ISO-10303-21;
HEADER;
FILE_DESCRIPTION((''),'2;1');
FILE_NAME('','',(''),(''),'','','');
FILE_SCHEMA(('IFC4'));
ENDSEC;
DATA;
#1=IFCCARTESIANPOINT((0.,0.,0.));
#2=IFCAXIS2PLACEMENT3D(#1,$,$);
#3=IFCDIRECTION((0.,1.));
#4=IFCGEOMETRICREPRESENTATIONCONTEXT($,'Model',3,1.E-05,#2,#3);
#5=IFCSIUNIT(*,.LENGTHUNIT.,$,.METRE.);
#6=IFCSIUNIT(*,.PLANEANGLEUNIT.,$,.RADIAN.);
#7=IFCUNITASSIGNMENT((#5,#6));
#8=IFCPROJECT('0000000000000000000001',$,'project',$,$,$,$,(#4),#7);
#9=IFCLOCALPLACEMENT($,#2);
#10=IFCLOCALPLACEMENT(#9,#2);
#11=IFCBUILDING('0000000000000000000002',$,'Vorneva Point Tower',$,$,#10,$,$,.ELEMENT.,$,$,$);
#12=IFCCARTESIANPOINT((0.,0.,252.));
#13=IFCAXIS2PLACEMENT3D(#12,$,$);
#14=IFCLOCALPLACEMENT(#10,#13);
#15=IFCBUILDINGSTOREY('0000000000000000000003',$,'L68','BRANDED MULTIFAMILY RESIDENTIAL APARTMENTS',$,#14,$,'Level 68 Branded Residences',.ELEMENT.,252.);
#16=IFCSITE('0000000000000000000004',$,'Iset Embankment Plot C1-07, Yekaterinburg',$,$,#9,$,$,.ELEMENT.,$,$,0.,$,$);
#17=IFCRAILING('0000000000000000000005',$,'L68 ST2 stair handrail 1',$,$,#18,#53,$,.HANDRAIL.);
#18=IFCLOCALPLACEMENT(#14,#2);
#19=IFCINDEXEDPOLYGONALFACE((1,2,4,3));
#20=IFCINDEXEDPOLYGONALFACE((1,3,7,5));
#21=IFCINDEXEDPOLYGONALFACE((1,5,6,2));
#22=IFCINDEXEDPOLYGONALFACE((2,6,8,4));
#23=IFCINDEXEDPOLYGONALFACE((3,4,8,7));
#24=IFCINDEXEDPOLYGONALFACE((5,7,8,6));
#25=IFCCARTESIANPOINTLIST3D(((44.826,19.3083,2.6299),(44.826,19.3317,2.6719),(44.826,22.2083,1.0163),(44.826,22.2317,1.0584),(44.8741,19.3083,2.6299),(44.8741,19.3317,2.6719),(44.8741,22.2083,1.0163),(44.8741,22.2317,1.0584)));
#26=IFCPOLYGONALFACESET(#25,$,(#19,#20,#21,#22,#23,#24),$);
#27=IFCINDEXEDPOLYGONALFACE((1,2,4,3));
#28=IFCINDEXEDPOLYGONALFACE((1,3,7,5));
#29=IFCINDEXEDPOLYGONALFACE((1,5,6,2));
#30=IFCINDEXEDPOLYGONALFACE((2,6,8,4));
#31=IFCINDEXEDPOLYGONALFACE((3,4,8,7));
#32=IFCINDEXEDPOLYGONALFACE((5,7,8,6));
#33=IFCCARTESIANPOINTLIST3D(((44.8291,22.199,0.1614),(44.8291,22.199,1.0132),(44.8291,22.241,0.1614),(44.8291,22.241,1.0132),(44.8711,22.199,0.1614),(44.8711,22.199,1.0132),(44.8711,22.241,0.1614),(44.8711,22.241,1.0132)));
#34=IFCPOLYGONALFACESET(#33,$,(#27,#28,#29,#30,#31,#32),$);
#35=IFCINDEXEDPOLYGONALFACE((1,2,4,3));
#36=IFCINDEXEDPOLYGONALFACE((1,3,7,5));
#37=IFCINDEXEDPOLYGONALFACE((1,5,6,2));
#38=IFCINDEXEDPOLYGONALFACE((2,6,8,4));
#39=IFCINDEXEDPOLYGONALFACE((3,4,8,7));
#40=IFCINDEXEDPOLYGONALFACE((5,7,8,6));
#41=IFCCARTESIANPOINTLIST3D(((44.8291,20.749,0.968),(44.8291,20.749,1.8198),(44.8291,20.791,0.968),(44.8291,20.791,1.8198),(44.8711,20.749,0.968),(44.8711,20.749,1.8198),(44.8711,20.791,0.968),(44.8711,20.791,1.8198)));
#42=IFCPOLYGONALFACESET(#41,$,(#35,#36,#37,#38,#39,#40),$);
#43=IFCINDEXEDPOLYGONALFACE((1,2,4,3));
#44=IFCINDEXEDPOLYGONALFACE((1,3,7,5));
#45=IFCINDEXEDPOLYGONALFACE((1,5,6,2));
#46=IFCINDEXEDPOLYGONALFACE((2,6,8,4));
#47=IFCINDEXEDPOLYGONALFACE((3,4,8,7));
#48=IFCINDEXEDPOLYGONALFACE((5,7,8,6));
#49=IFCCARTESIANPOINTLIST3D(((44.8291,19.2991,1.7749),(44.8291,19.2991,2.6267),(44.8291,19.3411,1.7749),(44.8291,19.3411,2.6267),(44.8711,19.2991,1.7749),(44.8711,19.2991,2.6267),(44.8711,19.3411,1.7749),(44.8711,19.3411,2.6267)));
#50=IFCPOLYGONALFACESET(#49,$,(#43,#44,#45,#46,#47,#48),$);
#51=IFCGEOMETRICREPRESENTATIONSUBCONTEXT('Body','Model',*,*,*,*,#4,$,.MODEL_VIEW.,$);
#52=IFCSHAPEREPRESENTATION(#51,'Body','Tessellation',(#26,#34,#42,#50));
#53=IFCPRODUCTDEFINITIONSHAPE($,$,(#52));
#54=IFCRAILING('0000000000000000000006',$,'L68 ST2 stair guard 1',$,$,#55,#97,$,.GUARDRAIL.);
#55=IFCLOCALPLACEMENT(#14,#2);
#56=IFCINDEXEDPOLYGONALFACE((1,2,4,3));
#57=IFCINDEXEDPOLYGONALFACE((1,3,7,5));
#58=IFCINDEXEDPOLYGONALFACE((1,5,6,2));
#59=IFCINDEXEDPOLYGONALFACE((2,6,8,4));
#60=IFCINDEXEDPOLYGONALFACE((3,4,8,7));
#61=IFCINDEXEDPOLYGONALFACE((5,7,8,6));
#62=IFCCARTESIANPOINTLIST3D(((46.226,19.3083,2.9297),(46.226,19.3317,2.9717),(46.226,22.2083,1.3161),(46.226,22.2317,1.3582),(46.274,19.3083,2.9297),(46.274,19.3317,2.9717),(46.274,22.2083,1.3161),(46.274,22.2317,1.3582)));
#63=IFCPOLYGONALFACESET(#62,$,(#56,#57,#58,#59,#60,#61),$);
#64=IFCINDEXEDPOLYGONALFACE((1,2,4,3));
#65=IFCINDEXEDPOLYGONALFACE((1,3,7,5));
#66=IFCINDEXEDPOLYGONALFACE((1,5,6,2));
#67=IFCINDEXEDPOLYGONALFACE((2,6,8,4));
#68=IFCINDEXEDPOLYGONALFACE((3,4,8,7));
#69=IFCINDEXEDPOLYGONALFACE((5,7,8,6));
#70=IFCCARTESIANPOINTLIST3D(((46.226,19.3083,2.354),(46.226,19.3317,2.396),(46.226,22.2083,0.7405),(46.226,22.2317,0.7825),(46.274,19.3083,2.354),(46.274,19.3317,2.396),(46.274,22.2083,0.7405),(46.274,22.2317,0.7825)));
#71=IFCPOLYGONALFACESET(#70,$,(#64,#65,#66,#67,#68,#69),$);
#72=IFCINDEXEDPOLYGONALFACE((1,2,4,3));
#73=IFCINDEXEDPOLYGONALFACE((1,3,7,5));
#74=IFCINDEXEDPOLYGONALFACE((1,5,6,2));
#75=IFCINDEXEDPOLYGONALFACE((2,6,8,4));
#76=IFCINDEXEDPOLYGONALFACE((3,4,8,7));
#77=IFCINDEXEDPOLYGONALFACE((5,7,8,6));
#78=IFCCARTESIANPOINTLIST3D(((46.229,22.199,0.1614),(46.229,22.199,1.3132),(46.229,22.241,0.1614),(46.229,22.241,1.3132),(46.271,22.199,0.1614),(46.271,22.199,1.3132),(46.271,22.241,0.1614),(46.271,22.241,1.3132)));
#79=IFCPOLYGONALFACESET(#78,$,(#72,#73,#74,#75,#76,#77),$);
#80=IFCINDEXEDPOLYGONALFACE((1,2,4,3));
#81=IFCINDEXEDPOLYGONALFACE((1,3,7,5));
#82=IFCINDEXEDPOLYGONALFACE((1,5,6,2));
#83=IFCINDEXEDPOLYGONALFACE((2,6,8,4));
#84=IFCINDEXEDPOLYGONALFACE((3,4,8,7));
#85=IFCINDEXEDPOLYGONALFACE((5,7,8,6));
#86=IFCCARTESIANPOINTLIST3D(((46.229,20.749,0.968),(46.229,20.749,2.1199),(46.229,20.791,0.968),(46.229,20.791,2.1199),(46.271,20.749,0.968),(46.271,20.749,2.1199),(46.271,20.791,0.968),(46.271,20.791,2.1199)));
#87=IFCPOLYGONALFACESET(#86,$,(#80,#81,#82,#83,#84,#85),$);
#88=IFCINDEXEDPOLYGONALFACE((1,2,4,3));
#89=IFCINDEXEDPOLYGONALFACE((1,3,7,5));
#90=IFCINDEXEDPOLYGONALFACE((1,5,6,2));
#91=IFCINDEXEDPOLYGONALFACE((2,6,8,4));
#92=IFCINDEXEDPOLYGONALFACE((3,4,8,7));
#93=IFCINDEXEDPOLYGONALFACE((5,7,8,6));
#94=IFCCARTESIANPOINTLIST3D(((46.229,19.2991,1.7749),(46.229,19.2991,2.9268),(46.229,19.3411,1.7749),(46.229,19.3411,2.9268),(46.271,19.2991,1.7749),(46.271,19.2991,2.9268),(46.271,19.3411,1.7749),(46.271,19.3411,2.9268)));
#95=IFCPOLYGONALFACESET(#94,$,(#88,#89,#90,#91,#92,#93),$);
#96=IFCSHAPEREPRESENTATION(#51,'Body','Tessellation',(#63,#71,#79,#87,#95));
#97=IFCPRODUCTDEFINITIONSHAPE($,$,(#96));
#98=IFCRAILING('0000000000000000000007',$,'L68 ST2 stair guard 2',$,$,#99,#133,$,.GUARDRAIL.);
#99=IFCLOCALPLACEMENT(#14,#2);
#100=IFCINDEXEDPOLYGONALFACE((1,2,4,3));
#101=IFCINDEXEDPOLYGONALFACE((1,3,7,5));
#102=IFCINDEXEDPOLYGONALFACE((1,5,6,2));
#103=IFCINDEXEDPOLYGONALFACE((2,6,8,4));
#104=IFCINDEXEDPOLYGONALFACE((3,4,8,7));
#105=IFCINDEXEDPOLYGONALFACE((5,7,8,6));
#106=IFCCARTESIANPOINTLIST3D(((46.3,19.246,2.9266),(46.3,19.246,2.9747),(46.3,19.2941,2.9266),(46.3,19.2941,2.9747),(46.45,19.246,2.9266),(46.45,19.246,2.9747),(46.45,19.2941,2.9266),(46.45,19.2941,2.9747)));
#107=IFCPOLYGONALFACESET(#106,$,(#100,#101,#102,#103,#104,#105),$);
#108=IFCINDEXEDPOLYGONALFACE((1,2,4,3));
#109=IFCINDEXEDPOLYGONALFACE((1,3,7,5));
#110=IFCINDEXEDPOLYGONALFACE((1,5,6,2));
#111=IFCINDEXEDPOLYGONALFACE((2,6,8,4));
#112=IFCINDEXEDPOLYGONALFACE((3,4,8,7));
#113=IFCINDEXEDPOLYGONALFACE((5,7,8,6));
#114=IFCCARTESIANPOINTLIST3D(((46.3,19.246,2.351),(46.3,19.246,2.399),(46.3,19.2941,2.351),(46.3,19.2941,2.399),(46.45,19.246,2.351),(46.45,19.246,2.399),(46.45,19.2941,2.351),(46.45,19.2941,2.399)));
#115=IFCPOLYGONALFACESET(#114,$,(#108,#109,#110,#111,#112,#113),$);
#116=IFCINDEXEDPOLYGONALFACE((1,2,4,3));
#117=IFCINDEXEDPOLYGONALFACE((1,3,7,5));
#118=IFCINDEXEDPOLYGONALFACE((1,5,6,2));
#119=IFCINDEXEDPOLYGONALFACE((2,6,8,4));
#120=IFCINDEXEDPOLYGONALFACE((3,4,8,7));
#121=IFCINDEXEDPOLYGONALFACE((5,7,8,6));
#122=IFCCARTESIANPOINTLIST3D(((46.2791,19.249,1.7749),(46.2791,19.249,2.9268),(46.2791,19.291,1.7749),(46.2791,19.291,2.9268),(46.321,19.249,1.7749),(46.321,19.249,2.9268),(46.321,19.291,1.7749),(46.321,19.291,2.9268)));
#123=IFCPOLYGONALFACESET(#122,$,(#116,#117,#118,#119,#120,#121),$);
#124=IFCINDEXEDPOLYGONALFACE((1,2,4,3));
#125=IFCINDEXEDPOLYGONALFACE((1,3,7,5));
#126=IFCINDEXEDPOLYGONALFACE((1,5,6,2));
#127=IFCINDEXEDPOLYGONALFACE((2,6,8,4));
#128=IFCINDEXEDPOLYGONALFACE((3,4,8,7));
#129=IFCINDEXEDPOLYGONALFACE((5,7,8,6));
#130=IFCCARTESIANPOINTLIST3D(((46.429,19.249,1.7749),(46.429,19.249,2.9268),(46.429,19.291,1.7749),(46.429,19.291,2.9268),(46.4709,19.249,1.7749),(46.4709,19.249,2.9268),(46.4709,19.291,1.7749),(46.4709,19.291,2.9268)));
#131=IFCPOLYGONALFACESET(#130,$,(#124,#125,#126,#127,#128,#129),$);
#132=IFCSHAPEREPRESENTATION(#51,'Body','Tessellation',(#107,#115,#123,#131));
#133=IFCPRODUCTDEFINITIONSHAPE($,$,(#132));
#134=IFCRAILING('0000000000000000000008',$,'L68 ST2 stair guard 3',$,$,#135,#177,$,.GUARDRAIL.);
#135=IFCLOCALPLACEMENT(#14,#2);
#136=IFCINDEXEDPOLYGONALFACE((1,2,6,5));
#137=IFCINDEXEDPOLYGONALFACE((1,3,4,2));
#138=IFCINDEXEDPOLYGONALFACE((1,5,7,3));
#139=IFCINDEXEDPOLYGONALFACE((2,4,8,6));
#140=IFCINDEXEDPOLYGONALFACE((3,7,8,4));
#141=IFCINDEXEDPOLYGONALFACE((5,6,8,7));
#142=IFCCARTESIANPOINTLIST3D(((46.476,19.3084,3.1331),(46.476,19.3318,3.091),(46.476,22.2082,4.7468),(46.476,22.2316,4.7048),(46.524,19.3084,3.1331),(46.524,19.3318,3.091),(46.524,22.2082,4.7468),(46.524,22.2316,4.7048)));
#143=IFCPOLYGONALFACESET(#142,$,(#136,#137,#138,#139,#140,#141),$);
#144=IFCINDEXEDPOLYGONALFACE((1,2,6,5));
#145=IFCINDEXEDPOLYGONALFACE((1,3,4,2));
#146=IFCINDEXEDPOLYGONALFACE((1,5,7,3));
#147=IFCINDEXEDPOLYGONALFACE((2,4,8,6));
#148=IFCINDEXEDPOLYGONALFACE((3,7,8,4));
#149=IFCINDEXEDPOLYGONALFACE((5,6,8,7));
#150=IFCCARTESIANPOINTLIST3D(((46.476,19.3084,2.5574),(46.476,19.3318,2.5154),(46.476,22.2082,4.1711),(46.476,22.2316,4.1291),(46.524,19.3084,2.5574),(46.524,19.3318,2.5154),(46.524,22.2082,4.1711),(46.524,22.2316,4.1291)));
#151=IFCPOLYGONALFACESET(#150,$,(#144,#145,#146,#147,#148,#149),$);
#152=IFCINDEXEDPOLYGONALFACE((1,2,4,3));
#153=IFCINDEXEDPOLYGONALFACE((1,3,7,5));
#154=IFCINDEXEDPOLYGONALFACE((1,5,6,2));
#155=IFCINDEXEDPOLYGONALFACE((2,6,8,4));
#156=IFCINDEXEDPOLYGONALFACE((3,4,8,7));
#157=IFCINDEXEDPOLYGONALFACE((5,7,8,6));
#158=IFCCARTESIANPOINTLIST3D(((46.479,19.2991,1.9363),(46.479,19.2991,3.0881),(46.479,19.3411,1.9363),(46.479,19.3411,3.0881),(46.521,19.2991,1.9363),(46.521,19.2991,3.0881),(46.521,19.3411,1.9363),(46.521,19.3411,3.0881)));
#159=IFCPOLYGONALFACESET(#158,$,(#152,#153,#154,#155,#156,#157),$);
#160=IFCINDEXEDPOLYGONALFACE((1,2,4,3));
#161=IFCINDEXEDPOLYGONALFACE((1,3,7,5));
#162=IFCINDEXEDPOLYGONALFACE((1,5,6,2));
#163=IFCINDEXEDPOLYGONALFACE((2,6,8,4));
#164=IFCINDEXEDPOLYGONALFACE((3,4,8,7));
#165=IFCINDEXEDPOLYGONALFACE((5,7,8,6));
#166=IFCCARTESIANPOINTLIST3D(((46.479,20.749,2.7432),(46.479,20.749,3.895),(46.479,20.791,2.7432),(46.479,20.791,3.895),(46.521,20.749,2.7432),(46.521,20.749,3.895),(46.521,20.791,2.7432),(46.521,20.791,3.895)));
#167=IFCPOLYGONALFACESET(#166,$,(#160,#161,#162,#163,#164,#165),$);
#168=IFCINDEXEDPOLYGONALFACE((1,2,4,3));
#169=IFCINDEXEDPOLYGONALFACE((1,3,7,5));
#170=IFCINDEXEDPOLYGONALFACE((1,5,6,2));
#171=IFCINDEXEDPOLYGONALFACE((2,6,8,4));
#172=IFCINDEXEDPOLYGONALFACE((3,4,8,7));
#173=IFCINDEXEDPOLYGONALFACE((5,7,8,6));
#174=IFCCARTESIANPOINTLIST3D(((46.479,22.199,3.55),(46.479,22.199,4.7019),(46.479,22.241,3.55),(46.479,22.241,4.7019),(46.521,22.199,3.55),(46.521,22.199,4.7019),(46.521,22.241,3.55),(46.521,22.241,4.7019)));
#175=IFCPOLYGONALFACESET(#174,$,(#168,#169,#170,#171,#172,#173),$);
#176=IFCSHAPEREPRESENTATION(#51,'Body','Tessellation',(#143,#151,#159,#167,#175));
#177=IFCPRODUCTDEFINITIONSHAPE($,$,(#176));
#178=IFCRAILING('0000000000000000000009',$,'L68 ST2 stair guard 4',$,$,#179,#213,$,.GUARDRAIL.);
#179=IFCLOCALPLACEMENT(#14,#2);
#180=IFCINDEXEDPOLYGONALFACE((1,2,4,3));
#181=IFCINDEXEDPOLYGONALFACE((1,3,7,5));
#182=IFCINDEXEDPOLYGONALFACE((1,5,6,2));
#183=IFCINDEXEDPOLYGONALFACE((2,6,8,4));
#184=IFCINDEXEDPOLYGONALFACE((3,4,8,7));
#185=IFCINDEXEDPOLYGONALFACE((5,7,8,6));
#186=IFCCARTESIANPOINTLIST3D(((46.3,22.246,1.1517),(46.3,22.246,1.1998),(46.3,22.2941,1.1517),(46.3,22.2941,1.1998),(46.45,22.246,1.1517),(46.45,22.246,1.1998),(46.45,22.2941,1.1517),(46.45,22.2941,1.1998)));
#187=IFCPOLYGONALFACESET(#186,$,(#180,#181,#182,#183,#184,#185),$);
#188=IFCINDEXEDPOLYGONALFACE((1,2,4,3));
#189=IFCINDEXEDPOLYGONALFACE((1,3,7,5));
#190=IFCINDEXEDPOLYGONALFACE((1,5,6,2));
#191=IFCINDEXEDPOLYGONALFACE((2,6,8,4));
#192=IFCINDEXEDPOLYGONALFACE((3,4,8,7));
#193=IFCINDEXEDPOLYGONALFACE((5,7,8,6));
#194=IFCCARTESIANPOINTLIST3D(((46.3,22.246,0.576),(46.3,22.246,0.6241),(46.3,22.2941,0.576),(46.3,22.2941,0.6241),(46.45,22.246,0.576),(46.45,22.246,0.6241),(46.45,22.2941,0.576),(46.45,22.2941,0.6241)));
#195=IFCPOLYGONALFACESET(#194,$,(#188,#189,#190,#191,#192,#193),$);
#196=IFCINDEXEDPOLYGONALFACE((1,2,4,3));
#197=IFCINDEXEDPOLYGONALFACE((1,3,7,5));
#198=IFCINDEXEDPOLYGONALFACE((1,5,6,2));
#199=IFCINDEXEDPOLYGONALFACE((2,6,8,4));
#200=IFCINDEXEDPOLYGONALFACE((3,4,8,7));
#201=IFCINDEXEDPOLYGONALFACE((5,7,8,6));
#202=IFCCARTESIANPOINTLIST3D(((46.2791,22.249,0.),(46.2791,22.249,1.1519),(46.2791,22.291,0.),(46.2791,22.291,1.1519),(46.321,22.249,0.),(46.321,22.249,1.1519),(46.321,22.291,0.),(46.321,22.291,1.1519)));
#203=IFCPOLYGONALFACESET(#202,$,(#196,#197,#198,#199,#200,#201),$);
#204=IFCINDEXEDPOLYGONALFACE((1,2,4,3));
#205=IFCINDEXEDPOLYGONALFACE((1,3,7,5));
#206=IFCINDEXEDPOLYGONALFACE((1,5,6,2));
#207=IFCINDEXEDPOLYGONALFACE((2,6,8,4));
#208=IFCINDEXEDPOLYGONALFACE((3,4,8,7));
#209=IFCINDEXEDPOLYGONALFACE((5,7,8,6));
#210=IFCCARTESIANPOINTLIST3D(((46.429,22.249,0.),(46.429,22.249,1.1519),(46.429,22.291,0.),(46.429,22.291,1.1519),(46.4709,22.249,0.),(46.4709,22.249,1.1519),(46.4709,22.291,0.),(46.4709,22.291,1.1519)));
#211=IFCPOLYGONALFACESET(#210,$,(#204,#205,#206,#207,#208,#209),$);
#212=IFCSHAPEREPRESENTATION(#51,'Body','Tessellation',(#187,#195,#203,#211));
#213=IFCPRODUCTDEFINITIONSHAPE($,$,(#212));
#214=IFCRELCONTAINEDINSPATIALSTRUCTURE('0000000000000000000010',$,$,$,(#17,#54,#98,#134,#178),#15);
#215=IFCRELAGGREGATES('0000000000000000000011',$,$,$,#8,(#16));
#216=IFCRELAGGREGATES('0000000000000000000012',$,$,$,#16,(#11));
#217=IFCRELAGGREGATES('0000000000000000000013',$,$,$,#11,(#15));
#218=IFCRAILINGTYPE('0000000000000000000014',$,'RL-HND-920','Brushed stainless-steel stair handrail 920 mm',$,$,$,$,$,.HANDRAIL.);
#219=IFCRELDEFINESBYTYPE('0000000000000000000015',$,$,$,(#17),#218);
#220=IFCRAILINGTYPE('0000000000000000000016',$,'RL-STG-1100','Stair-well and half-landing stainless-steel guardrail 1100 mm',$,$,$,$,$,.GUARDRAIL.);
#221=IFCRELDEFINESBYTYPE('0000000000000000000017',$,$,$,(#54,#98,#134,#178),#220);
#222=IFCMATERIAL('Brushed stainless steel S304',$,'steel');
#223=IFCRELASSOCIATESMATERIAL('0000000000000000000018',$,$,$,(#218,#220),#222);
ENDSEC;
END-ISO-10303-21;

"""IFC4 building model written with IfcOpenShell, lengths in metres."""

from ifc_helpers import new_model, si_unit, direction, frame, origin, origin_2d, place, context, subcontext, project, spatial, rectangle, extrude, material, type_object, element, save


model = new_model("IFC4")

# Units and contexts
model_context = context("Model", 3, precision=1e-05, world=origin(), true_north=direction((0.0, 1.0)))
body_context = subcontext(model_context, "Body", "Model", "MODEL_VIEW")
ifc_project = project(units=[si_unit("LENGTHUNIT", "METRE"), si_unit("PLANEANGLEUNIT", "RADIAN")], contexts=[model_context])

# Site, building, storey
site_placement = place(None, origin())
site = spatial("IfcSite", under=ifc_project, at=site_placement, Name="Iset Embankment Plot C1-07, Yekaterinburg", CompositionType="ELEMENT", RefElevation=0.0)
building_placement = place(site_placement, origin())
building = spatial("IfcBuilding", under=site, at=building_placement, Name="Vorneva Point Tower", CompositionType="ELEMENT")
storey_placement = place(building_placement, frame((0.0, 0.0, 252.0)))
storey = spatial("IfcBuildingStorey", under=building, at=storey_placement, Name="L68", Description="BRANDED MULTIFAMILY RESIDENTIAL APARTMENTS", LongName="Level 68 Branded Residences", CompositionType="ELEMENT", Elevation=252.0)

# Railings
ifc_material_1 = material(Name="Brushed stainless steel S304", Category="steel")
railing_type_1 = type_object("IfcRailingType", Name="RL-HND-920", Description="Brushed stainless-steel stair handrail 920 mm", PredefinedType="HANDRAIL", material=ifc_material_1)
railing_1_placement = place(storey_placement, frame((44.8501, 22.22, 0.1614)))
element("IfcRailing", 1, at=railing_1_placement, inside=storey, type_object=railing_type_1, Name="L68 ST2 stair handrail 1", PredefinedType="HANDRAIL", context=body_context, shape_type="SweptSolid", body=[
    extrude(rectangle(XDim=0.0481, YDim=0.0481, at=origin_2d()), frame((0.0, 0.0, 0.876), z_axis=(0.0, -0.873841, 0.486211), x_axis=(1.0, 0.0, 0.0)), (0.0, 0.0, 1.0), 3.3186),
    extrude(rectangle(XDim=0.042, YDim=0.042, at=origin_2d()), origin(), (0.0, 0.0, 1.0), 0.8518),
    extrude(rectangle(XDim=0.042, YDim=0.042, at=origin_2d()), frame((0.0, -1.45, 0.8066)), (0.0, 0.0, 1.0), 0.8518),
    extrude(rectangle(XDim=0.042, YDim=0.042, at=origin_2d()), frame((0.0, -2.8999, 1.6135)), (0.0, 0.0, 1.0), 0.8518),
])
railing_type_2 = type_object("IfcRailingType", Name="RL-STG-1100", Description="Stair-well and half-landing stainless-steel guardrail 1100 mm", PredefinedType="GUARDRAIL", material=ifc_material_1)
railing_2_placement = place(storey_placement, frame((46.25, 22.22, 0.1614)))
element("IfcRailing", 2, at=railing_2_placement, inside=storey, type_object=railing_type_2, Name="L68 ST2 stair guard 1", PredefinedType="GUARDRAIL", context=body_context, shape_type="SweptSolid", body=[
    extrude(rectangle(XDim=0.0481, YDim=0.0481, at=origin_2d()), frame((0.0, 0.0, 1.1758), z_axis=(0.0, -0.873841, 0.486211), x_axis=(1.0, 0.0, 0.0)), (0.0, 0.0, 1.0), 3.3186),
    extrude(rectangle(XDim=0.0481, YDim=0.0481, at=origin_2d()), frame((0.0, 0.0, 0.6001), z_axis=(0.0, -0.873841, 0.486211), x_axis=(1.0, 0.0, 0.0)), (0.0, 0.0, 1.0), 3.3186),
    extrude(rectangle(XDim=0.042, YDim=0.042, at=origin_2d()), origin(), (0.0, 0.0, 1.0), 1.1519),
    extrude(rectangle(XDim=0.042, YDim=0.042, at=origin_2d()), frame((0.0, -1.45, 0.8066)), (0.0, 0.0, 1.0), 1.1519),
    extrude(rectangle(XDim=0.042, YDim=0.042, at=origin_2d()), frame((0.0, -2.8999, 1.6135)), (0.0, 0.0, 1.0), 1.1519),
])
railing_3_placement = place(storey_placement, frame((46.3, 19.27, 1.7749)))
element("IfcRailing", 3, at=railing_3_placement, inside=storey, type_object=railing_type_2, Name="L68 ST2 stair guard 2", PredefinedType="GUARDRAIL", context=body_context, shape_type="SweptSolid", body=[
    extrude(rectangle(XDim=0.0481, YDim=0.0481, at=origin_2d()), frame((0.0, 0.0, 1.1758), z_axis=(1.0, 0.0, 0.0), x_axis=(0.0, 1.0, 0.0)), (0.0, 0.0, 1.0), 0.1499),
    extrude(rectangle(XDim=0.0481, YDim=0.0481, at=origin_2d()), frame((0.0, 0.0, 0.6001), z_axis=(1.0, 0.0, 0.0), x_axis=(0.0, 1.0, 0.0)), (0.0, 0.0, 1.0), 0.1499),
    extrude(rectangle(XDim=0.042, YDim=0.042, at=origin_2d()), origin(), (0.0, 0.0, 1.0), 1.1519),
    extrude(rectangle(XDim=0.042, YDim=0.042, at=origin_2d()), frame((0.1499, 0.0, 0.0)), (0.0, 0.0, 1.0), 1.1519),
])
railing_4_placement = place(storey_placement, frame((46.5, 19.3201, 1.9363)))
element("IfcRailing", 4, at=railing_4_placement, inside=storey, type_object=railing_type_2, Name="L68 ST2 stair guard 3", PredefinedType="GUARDRAIL", context=body_context, shape_type="SweptSolid", body=[
    extrude(rectangle(XDim=0.0481, YDim=0.0481, at=origin_2d()), frame((0.0, 0.0, 1.1758), z_axis=(0.0, 0.87381, 0.486267), x_axis=(-1.0, 0.0, 0.0)), (0.0, 0.0, 1.0), 3.3186),
    extrude(rectangle(XDim=0.0481, YDim=0.0481, at=origin_2d()), frame((0.0, 0.0, 0.6001), z_axis=(0.0, 0.87381, 0.486267), x_axis=(-1.0, 0.0, 0.0)), (0.0, 0.0, 1.0), 3.3186),
    extrude(rectangle(XDim=0.042, YDim=0.042, at=origin_2d()), origin(), (0.0, 0.0, 1.0), 1.1519),
    extrude(rectangle(XDim=0.042, YDim=0.042, at=origin_2d()), frame((0.0, 1.45, 0.8069)), (0.0, 0.0, 1.0), 1.1519),
    extrude(rectangle(XDim=0.042, YDim=0.042, at=origin_2d()), frame((0.0, 2.8999, 1.6138)), (0.0, 0.0, 1.0), 1.1519),
])
railing_5_placement = place(storey_placement, frame((46.3, 22.27, 0.0)))
element("IfcRailing", 5, at=railing_5_placement, inside=storey, type_object=railing_type_2, Name="L68 ST2 stair guard 4", PredefinedType="GUARDRAIL", context=body_context, shape_type="SweptSolid", body=[
    extrude(rectangle(XDim=0.0481, YDim=0.0481, at=origin_2d()), frame((0.0, 0.0, 1.1758), z_axis=(1.0, 0.0, 0.0), x_axis=(0.0, 1.0, 0.0)), (0.0, 0.0, 1.0), 0.1499),
    extrude(rectangle(XDim=0.0481, YDim=0.0481, at=origin_2d()), frame((0.0, 0.0, 0.6001), z_axis=(1.0, 0.0, 0.0), x_axis=(0.0, 1.0, 0.0)), (0.0, 0.0, 1.0), 0.1499),
    extrude(rectangle(XDim=0.042, YDim=0.042, at=origin_2d()), origin(), (0.0, 0.0, 1.0), 1.1519),
    extrude(rectangle(XDim=0.042, YDim=0.042, at=origin_2d()), frame((0.1499, 0.0, 0.0)), (0.0, 0.0, 1.0), 1.1519),
])

save(model, "model.ifc")
